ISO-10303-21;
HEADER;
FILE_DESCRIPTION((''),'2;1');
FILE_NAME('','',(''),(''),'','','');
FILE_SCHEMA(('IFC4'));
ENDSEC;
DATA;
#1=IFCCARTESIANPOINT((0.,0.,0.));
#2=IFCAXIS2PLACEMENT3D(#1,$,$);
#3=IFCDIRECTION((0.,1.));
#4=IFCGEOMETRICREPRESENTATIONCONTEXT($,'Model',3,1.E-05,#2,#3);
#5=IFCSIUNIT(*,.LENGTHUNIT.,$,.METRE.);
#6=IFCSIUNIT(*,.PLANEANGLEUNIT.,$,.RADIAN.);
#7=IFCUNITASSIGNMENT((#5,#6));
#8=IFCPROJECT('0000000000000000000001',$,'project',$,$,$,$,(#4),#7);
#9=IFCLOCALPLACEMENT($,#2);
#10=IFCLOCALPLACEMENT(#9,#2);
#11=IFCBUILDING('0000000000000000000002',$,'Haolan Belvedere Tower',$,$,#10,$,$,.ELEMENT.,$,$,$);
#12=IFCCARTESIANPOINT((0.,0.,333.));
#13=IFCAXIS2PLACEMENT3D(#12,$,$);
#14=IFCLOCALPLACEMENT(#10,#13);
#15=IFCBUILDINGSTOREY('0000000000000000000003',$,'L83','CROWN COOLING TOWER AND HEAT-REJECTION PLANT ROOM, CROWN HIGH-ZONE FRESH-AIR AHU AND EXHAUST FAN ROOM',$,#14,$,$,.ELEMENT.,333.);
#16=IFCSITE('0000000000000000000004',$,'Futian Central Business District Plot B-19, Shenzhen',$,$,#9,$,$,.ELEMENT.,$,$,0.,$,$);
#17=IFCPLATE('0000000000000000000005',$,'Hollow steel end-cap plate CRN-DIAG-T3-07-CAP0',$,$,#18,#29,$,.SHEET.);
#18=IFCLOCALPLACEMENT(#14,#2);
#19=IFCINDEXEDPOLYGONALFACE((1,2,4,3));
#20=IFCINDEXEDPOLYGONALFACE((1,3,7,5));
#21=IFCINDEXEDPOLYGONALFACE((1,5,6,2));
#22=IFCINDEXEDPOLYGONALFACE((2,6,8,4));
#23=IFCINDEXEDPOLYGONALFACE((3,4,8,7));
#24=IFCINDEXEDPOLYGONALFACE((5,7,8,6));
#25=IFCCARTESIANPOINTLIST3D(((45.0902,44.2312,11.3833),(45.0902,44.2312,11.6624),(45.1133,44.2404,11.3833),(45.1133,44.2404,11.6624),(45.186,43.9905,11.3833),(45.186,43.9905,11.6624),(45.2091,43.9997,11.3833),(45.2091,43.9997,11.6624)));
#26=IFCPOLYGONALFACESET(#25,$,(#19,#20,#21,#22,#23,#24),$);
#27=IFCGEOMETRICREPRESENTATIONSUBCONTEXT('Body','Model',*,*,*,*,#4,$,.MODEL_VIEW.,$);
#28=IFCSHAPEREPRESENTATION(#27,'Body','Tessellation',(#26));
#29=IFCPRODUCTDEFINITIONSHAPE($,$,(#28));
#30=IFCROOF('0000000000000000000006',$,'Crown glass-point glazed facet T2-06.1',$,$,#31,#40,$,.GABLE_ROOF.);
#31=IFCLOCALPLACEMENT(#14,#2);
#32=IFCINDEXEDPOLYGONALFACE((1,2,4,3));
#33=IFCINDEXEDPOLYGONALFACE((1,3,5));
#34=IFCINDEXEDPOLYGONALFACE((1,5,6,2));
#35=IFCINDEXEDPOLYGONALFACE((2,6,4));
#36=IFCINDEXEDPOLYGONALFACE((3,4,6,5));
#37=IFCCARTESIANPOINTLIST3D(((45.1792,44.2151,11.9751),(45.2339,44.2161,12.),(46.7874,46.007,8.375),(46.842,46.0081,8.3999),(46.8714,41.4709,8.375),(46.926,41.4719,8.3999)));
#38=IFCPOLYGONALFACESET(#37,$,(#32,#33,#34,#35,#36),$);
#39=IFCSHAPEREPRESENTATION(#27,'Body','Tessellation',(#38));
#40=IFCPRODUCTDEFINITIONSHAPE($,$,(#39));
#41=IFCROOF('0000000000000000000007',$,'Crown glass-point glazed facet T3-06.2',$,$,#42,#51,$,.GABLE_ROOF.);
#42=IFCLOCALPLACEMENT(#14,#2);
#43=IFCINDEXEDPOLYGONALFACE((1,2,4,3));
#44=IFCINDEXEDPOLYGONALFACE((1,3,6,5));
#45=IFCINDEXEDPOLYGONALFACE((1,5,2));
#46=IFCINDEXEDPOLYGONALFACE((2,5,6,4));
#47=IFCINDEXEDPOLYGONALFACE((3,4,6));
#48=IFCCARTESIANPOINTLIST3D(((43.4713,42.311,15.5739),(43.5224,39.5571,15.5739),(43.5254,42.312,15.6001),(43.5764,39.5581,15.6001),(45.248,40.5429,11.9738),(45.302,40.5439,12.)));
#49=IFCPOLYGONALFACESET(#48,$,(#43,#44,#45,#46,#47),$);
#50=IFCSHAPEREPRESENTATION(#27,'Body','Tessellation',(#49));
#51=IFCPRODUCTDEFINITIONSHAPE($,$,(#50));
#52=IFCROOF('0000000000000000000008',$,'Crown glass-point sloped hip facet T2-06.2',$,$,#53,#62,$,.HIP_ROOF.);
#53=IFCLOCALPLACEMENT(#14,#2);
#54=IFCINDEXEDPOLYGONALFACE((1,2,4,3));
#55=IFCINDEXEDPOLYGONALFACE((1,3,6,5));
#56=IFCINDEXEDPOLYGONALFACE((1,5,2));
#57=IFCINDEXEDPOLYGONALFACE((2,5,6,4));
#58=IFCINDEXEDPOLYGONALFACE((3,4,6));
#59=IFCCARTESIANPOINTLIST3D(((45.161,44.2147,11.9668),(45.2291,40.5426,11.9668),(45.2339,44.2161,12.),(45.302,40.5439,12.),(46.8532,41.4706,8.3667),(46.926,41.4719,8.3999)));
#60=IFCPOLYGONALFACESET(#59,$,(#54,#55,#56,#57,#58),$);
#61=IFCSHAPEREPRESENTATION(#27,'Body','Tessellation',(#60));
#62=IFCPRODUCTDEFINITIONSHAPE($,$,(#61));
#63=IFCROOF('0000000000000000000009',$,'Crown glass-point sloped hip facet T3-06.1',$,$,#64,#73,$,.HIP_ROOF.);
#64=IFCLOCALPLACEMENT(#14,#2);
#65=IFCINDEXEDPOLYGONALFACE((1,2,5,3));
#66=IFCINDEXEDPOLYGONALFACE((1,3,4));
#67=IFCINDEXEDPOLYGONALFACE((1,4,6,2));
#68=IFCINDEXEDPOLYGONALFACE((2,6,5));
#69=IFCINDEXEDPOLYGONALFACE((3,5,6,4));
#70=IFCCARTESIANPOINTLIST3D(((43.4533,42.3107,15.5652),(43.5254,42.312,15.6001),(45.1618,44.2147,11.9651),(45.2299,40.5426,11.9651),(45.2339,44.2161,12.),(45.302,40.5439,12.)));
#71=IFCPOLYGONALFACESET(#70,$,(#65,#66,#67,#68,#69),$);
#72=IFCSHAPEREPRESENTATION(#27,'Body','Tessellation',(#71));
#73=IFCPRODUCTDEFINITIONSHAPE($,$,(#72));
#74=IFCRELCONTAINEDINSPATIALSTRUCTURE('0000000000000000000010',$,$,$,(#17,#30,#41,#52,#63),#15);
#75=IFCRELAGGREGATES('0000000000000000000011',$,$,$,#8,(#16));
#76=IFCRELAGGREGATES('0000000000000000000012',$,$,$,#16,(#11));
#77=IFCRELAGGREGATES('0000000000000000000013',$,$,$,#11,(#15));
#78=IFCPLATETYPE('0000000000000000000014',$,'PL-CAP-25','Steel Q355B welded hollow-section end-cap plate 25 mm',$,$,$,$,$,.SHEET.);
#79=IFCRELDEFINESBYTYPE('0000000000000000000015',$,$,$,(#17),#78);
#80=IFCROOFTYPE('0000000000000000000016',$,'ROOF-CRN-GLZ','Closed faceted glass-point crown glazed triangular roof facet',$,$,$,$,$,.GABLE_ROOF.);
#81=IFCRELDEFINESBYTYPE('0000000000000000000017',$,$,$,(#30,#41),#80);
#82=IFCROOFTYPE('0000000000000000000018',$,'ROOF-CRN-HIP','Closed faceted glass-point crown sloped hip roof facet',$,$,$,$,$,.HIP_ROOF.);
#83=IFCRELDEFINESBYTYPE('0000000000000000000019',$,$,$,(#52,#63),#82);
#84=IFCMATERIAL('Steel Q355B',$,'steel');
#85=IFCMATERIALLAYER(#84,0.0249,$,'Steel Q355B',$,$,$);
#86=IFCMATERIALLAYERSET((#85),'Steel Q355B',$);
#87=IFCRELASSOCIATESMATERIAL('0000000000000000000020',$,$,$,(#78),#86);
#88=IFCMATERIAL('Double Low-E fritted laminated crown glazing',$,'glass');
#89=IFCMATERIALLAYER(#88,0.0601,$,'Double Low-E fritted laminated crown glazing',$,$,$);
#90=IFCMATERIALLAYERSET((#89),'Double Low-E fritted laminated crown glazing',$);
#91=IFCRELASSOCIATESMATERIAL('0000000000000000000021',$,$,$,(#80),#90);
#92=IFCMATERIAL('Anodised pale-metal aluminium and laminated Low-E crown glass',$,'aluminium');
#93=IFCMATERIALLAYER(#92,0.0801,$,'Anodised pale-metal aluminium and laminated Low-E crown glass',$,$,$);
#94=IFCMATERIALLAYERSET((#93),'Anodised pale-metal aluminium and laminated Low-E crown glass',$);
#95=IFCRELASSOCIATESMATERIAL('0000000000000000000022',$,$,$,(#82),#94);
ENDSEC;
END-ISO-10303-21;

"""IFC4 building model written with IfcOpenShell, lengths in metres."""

from ifc_helpers import new_model, si_unit, direction, frame, origin, origin_2d, place, context, subcontext, project, spatial, polyline, rectangle, outline, extrude, material, layer, layer_set, type_object, element, save


model = new_model("IFC4")

# Units and contexts
model_context = context("Model", 3, precision=1e-05, world=origin(), true_north=direction((0.0, 1.0)))
body_context = subcontext(model_context, "Body", "Model", "MODEL_VIEW")
ifc_project = project(units=[si_unit("LENGTHUNIT", "METRE"), si_unit("PLANEANGLEUNIT", "RADIAN")], contexts=[model_context])

# Site, building, storey
site_placement = place(None, origin())
site = spatial("IfcSite", under=ifc_project, at=site_placement, Name="Futian Central Business District Plot B-19, Shenzhen", CompositionType="ELEMENT", RefElevation=0.0)
building_placement = place(site_placement, origin())
building = spatial("IfcBuilding", under=site, at=building_placement, Name="Haolan Belvedere Tower", CompositionType="ELEMENT")
storey_placement = place(building_placement, frame((0.0, 0.0, 333.0)))
storey = spatial("IfcBuildingStorey", under=building, at=storey_placement, Name="L83", Description="CROWN COOLING TOWER AND HEAT-REJECTION PLANT ROOM, CROWN HIGH-ZONE FRESH-AIR AHU AND EXHAUST FAN ROOM", CompositionType="ELEMENT", Elevation=333.0)

# Shared definitions
ifc_material_1 = material(Name="Steel Q355B", Category="steel")

# Plate
ifc_layer_1 = layer(ifc_material_1, 0.0249, Name="Steel Q355B")
ifc_layer_set_1 = layer_set([ifc_layer_1], Name="Steel Q355B")
plate_type = type_object("IfcPlateType", Name="PL-CAP-25", Description="Steel Q355B welded hollow-section end-cap plate 25 mm", PredefinedType="SHEET", material=ifc_layer_set_1)
plate_1_placement = place(storey_placement, frame((45.1497, 44.1155, 11.3833), z_axis=(0.0, 0.0, 1.0), x_axis=(-0.369731, 0.929139, 0.0)))
element("IfcPlate", 1, at=plate_1_placement, inside=storey, type_object=plate_type, Name="Hollow steel end-cap plate CRN-DIAG-T3-07-CAP0", PredefinedType="SHEET", context=body_context, shape_type="SweptSolid", body=[
    extrude(rectangle(XDim=0.259, YDim=0.0249, at=origin_2d()), origin(), (0.0, 0.0, 1.0), 0.2791),
])

# Roofs
ifc_material_2 = material(Name="Double Low-E fritted laminated crown glazing", Category="glass")
ifc_layer_2 = layer(ifc_material_2, 0.0601, Name="Double Low-E fritted laminated crown glazing")
ifc_layer_set_2 = layer_set([ifc_layer_2], Name="Double Low-E fritted laminated crown glazing")
roof_type_1 = type_object("IfcRoofType", Name="ROOF-CRN-GLZ", Description="Closed faceted glass-point crown glazed triangular roof facet", PredefinedType="GABLE_ROOF", material=ifc_layer_set_2)
roof_1_placement = place(storey_placement, frame((46.926, 41.4719, 8.3999), z_axis=(0.909768, 0.016844, 0.414775), x_axis=(-0.018511, 0.999829, 0.0)))
element("IfcRoof", 2, at=roof_1_placement, inside=storey, type_object=roof_type_1, Name="Crown glass-point glazed facet T2-06.1", PredefinedType="GABLE_ROOF", context=body_context, shape_type="SweptSolid", body=[
    extrude(outline(polyline([(0.0, 0.0), (4.5369, 0.0), (2.775, 3.9565), (0.0, 0.0)])), origin(), (0.0, 0.0, -1.0), 0.0601),
])
roof_2_placement = place(storey_placement, frame((45.302, 40.5439, 12.0), z_axis=(0.899851, 0.016673, 0.435879), x_axis=(-0.405, 0.403052, 0.820685)))
element("IfcRoof", 3, at=roof_2_placement, inside=storey, type_object=roof_type_1, Name="Crown glass-point glazed facet T3-06.2", PredefinedType="GABLE_ROOF", context=body_context, shape_type="SweptSolid", body=[
    extrude(outline(polyline([(0.0, 0.0), (4.3867, 0.0), (3.2561, 2.5116), (0.0, 0.0)])), origin(), (0.0, 0.0, -1.0), 0.0601),
])
ifc_material_3 = material(Name="Anodised pale-metal aluminium and laminated Low-E crown glass", Category="aluminium")
ifc_layer_3 = layer(ifc_material_3, 0.0801, Name="Anodised pale-metal aluminium and laminated Low-E crown glass")
ifc_layer_set_3 = layer_set([ifc_layer_3], Name="Anodised pale-metal aluminium and laminated Low-E crown glass")
roof_type_2 = type_object("IfcRoofType", Name="ROOF-CRN-HIP", Description="Closed faceted glass-point crown sloped hip roof facet", PredefinedType="HIP_ROOF", material=ifc_layer_set_3)
roof_3_placement = place(storey_placement, frame((46.926, 41.4719, 8.3999), z_axis=(0.909777, 0.016876, 0.414755), x_axis=(-0.350148, 0.567835, 0.744956)))
element("IfcRoof", 4, at=roof_3_placement, inside=storey, type_object=roof_type_2, Name="Crown glass-point sloped hip facet T2-06.2", PredefinedType="HIP_ROOF", context=body_context, shape_type="SweptSolid", body=[
    extrude(outline(polyline([(0.0, 0.0), (4.8326, 0.0), (2.7236, 3.0069), (0.0, 0.0)])), origin(), (0.0, 0.0, -1.0), 0.0801),
])
roof_4_placement = place(storey_placement, frame((45.302, 40.5439, 12.0), z_axis=(0.899854, 0.016692, 0.435871), x_axis=(-0.018546, 0.999828, 0.0)))
element("IfcRoof", 5, at=roof_4_placement, inside=storey, type_object=roof_type_2, Name="Crown glass-point sloped hip facet T3-06.1", PredefinedType="HIP_ROOF", context=body_context, shape_type="SweptSolid", body=[
    extrude(outline(polyline([(0.0, 0.0), (3.6728, 0.0), (1.8007, 4.0001), (0.0, 0.0)])), origin(), (0.0, 0.0, -1.0), 0.0801),
])

save(model, "model.ifc")
